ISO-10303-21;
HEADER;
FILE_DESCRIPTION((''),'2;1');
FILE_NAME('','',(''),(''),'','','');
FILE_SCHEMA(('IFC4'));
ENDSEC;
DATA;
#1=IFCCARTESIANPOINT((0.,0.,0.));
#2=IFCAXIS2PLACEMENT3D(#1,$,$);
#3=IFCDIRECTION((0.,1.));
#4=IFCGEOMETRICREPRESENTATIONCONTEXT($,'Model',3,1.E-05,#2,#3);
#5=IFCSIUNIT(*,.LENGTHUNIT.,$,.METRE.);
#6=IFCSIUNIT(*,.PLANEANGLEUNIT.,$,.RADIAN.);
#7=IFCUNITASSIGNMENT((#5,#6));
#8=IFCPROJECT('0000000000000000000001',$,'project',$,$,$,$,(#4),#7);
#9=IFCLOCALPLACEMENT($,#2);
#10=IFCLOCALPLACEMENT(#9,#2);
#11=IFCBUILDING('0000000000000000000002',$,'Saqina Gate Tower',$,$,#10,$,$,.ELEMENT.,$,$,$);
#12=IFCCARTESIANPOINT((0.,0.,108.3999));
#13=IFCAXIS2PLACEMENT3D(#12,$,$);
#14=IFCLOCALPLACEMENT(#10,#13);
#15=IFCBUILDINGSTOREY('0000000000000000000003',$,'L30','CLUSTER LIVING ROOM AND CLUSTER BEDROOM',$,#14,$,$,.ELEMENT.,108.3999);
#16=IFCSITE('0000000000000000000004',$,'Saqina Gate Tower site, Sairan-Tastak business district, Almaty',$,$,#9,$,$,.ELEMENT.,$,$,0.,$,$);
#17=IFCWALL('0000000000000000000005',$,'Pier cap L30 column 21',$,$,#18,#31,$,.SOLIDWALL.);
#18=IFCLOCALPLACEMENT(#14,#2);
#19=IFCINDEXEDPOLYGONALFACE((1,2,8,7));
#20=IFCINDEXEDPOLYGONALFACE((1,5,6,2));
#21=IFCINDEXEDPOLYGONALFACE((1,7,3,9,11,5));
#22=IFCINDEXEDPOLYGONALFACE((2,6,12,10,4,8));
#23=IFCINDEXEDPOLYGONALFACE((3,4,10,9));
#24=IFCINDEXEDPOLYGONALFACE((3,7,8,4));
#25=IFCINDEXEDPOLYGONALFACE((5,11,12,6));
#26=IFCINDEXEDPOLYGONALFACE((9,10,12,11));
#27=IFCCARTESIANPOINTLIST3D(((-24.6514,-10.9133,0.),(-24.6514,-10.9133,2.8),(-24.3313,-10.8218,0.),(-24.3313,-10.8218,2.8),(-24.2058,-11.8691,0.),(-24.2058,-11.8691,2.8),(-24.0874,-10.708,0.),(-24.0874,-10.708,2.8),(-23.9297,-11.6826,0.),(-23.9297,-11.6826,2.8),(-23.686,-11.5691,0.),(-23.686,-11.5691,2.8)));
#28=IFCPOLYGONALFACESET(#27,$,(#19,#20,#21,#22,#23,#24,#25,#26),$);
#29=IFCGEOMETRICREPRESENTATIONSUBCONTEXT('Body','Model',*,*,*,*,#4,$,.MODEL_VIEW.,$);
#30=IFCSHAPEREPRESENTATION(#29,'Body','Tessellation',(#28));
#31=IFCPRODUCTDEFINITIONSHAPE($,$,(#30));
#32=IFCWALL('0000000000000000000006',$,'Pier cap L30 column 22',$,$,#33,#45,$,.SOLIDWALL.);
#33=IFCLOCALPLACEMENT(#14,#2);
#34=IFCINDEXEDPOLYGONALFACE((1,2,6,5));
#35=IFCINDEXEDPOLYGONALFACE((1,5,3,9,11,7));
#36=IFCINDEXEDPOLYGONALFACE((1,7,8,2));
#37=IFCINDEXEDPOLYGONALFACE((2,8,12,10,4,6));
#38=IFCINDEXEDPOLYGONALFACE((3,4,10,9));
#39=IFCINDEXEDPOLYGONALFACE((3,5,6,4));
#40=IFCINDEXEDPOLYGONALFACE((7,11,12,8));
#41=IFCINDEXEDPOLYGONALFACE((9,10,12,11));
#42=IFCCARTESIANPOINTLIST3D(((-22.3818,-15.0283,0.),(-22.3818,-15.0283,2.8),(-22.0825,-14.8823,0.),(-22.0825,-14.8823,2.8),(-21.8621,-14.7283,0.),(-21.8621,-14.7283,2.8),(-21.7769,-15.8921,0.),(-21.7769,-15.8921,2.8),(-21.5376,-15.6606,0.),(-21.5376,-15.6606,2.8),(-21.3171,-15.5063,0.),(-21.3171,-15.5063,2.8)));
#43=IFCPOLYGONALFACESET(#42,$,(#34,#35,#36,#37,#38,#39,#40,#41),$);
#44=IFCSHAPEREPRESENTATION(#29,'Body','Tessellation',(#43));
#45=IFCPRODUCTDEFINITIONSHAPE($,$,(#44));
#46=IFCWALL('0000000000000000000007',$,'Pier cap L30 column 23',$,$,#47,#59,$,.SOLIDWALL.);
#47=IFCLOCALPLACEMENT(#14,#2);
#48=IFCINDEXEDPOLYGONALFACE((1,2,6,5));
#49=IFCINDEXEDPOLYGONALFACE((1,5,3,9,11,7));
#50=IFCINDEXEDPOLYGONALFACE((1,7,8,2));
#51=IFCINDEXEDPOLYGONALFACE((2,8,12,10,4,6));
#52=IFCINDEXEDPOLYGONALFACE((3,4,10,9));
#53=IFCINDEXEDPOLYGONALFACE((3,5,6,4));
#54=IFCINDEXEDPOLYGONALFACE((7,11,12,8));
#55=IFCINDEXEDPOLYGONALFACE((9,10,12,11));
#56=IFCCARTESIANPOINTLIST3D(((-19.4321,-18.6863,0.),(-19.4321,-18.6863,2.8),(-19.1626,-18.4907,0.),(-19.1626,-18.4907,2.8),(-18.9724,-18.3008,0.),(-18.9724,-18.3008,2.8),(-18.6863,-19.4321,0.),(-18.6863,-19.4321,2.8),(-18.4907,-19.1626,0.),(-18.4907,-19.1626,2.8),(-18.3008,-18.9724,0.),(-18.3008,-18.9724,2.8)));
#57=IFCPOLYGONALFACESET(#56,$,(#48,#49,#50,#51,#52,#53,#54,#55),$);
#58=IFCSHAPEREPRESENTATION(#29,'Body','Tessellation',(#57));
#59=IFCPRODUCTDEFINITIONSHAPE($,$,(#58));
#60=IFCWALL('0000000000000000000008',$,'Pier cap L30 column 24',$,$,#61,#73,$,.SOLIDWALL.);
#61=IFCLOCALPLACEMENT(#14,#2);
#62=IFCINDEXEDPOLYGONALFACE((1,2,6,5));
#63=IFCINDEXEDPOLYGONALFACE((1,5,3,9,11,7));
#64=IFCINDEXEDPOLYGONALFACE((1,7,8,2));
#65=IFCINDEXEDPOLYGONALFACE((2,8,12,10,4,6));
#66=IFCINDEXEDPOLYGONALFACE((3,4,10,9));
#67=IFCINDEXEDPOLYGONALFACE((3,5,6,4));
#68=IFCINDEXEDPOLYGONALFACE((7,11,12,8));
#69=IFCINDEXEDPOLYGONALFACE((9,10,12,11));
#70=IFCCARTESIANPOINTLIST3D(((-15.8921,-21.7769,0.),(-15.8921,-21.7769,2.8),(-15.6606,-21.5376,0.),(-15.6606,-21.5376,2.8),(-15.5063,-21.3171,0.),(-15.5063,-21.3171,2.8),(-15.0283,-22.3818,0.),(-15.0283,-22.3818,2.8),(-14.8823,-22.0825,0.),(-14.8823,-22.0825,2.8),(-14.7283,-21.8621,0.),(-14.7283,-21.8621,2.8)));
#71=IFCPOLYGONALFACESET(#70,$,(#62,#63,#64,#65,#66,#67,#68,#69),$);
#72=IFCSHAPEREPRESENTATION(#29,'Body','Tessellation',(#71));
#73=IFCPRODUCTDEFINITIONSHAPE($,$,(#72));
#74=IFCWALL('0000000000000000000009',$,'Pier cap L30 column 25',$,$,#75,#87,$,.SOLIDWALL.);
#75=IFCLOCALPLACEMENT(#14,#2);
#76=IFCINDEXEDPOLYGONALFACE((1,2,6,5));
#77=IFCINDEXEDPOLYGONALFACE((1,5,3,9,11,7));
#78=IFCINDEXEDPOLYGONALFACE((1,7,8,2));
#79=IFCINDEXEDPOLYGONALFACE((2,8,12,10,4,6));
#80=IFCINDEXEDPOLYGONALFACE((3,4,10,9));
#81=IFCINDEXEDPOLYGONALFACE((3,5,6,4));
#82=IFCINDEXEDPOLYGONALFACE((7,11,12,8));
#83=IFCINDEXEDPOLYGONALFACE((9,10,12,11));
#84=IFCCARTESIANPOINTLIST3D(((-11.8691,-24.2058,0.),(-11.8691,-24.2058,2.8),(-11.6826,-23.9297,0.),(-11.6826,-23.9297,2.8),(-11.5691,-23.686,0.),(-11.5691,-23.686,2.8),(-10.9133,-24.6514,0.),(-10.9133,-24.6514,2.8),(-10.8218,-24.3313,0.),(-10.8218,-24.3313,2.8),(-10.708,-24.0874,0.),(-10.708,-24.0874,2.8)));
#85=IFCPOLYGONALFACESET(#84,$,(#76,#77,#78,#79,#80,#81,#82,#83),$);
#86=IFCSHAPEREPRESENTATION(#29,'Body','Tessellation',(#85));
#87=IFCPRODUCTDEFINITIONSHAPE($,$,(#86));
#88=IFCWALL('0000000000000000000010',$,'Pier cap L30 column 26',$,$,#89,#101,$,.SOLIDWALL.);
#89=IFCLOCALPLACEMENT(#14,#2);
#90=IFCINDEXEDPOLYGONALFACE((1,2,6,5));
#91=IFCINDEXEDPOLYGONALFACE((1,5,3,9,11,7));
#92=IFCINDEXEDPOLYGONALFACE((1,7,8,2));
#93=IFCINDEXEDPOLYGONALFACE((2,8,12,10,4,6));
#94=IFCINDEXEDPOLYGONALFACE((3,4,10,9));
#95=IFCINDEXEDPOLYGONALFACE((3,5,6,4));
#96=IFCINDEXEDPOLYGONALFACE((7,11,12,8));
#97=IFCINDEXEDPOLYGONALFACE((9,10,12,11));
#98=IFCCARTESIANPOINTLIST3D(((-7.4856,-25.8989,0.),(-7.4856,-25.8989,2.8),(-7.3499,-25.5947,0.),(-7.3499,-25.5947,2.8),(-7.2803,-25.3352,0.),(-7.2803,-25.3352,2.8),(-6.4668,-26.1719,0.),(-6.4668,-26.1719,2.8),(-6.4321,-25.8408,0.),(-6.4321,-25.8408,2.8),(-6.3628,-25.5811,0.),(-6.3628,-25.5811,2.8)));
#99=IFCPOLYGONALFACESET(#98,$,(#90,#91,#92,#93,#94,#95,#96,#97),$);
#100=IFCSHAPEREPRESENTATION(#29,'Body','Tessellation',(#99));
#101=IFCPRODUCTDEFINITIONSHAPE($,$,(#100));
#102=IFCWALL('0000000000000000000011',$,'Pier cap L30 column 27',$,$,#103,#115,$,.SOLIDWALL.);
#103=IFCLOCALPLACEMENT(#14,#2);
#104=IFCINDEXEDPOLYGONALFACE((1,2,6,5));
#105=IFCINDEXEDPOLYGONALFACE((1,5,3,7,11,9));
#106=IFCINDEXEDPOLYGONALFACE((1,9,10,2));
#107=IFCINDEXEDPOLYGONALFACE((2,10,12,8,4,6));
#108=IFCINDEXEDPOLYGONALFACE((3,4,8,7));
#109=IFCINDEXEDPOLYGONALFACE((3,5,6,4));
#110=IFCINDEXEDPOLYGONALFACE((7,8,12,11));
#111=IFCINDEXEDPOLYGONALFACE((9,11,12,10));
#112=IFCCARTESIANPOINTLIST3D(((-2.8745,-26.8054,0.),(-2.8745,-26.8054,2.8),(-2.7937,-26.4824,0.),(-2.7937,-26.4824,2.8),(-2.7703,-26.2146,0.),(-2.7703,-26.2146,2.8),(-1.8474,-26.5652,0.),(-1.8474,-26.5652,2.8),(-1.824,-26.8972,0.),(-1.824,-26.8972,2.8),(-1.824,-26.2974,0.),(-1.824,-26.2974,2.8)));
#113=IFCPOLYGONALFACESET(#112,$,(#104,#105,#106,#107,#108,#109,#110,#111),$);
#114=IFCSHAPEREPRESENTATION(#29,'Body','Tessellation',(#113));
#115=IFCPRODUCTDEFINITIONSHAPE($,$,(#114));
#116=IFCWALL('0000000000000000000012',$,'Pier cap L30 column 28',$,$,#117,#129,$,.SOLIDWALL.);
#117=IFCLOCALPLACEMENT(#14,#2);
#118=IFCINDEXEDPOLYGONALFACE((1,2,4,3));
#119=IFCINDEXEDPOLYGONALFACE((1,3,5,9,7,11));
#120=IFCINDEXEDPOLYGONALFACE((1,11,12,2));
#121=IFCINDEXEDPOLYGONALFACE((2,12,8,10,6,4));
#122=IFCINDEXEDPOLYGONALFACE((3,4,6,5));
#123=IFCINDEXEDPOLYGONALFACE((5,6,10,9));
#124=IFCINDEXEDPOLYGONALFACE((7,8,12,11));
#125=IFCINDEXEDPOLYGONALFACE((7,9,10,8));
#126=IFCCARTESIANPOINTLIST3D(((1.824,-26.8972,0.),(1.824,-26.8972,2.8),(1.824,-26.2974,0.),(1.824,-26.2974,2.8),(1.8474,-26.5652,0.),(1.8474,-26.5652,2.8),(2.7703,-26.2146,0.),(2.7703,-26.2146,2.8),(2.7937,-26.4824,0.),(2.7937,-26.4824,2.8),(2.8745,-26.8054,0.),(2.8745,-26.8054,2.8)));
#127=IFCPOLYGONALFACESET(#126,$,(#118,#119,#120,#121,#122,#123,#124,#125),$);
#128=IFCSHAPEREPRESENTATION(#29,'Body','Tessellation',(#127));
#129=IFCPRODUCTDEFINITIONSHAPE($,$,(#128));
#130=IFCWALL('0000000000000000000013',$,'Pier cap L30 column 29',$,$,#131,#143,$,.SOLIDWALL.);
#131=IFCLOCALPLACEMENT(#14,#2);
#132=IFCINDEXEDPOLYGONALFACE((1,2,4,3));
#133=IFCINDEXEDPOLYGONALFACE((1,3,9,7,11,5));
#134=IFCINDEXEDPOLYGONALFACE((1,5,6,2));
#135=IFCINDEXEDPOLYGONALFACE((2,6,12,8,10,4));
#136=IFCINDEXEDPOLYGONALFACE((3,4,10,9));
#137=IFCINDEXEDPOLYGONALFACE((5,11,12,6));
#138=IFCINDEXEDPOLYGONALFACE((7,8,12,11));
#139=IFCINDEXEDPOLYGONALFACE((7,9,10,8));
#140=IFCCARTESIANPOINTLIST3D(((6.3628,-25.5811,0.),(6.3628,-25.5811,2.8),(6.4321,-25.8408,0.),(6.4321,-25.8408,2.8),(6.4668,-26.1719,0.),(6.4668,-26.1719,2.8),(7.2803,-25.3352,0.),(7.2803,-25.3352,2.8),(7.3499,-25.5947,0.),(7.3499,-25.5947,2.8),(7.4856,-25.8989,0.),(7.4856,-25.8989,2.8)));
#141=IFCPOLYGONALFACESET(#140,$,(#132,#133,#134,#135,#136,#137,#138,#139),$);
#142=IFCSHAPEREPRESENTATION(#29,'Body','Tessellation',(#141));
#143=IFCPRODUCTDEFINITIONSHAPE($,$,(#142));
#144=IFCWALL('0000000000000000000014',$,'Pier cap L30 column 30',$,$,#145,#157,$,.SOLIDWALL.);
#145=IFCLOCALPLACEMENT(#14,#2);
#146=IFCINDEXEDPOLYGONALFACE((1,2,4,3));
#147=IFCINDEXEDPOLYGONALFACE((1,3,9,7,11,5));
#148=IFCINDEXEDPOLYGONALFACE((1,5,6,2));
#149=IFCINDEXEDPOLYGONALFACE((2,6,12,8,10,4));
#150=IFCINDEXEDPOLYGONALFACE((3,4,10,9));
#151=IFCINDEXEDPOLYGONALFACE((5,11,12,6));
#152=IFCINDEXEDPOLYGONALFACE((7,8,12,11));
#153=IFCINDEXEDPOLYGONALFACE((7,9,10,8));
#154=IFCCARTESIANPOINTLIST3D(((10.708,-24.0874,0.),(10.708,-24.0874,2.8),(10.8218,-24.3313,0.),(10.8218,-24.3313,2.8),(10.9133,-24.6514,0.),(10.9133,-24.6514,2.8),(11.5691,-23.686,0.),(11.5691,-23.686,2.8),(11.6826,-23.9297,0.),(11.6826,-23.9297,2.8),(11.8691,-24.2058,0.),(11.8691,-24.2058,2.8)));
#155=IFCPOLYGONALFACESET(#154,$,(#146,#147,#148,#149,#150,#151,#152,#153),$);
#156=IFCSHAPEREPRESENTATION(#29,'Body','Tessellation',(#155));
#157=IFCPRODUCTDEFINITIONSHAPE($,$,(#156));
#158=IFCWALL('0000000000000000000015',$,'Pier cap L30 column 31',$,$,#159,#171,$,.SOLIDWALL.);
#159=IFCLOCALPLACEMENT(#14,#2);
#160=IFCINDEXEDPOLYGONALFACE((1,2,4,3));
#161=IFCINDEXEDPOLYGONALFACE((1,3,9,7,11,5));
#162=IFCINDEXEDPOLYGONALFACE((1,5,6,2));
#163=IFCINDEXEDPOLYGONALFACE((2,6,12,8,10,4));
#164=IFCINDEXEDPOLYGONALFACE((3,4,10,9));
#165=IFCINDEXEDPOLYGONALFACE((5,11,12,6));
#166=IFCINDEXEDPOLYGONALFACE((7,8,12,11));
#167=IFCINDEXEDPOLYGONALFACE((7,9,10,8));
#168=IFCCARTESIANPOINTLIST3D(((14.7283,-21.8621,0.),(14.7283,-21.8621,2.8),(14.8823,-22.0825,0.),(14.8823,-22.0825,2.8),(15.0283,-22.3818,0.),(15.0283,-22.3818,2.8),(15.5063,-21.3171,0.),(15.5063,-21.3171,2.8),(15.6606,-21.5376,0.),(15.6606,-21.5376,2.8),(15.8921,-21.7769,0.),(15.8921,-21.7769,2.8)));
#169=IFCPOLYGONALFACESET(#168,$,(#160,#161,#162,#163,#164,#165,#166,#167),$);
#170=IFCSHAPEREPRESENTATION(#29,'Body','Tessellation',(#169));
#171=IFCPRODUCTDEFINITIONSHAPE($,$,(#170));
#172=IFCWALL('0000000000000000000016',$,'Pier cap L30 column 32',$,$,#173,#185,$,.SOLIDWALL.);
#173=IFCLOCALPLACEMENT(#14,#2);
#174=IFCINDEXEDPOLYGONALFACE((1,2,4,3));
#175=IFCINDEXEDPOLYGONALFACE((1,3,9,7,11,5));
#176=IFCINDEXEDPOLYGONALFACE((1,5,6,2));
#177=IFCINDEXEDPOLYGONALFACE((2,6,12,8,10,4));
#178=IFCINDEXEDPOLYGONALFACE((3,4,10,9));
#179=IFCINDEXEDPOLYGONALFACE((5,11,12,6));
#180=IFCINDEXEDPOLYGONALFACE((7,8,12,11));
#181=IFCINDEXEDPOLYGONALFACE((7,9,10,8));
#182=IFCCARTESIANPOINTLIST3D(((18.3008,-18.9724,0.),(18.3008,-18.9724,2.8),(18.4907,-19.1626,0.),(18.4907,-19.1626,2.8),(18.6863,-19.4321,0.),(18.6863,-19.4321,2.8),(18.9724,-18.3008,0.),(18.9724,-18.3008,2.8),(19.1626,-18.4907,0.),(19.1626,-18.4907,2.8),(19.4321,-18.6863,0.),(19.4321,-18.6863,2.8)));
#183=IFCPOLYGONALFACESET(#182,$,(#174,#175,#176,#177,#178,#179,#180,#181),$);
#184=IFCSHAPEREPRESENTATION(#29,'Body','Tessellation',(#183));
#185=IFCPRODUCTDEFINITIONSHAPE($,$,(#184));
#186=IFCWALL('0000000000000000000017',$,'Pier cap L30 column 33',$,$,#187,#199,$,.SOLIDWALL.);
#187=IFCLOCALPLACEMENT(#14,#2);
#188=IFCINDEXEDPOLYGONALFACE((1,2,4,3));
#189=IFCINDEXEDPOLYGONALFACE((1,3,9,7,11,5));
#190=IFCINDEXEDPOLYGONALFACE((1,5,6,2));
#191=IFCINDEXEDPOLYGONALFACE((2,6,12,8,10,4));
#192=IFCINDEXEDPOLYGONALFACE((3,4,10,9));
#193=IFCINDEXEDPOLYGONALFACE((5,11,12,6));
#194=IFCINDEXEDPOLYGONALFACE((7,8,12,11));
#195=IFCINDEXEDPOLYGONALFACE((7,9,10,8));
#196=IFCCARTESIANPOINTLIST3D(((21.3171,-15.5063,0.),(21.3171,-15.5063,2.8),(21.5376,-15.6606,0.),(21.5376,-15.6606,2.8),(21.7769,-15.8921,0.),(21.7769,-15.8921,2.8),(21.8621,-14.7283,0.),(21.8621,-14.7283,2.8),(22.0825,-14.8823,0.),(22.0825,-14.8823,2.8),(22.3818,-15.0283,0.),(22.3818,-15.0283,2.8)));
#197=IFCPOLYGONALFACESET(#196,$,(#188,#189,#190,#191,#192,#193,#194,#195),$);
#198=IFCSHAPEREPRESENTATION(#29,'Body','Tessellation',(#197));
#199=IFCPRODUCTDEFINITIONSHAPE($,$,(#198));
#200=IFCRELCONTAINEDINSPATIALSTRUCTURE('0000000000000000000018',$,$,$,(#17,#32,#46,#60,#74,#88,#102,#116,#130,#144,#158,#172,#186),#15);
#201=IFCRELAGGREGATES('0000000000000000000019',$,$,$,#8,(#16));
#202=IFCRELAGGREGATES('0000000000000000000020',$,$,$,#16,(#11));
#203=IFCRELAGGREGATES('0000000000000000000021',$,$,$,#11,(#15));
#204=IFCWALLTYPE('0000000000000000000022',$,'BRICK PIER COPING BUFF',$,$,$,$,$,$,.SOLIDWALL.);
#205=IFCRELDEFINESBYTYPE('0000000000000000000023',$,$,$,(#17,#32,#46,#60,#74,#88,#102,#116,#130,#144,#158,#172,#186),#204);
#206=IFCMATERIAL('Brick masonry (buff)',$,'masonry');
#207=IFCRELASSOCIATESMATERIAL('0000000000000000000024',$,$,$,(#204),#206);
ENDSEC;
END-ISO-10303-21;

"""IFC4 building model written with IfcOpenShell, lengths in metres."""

from ifc_helpers import new_model, si_unit, direction, frame, origin, place, context, subcontext, project, spatial, polyline, outline, extrude, material, type_object, element, save


model = new_model("IFC4")

# Units and contexts
model_context = context("Model", 3, precision=1e-05, world=origin(), true_north=direction((0.0, 1.0)))
body_context = subcontext(model_context, "Body", "Model", "MODEL_VIEW")
ifc_project = project(units=[si_unit("LENGTHUNIT", "METRE"), si_unit("PLANEANGLEUNIT", "RADIAN")], contexts=[model_context])

# Site, building, storey
site_placement = place(None, origin())
site = spatial("IfcSite", under=ifc_project, at=site_placement, Name="Saqina Gate Tower site, Sairan-Tastak business district, Almaty", CompositionType="ELEMENT", RefElevation=0.0)
building_placement = place(site_placement, origin())
building = spatial("IfcBuilding", under=site, at=building_placement, Name="Saqina Gate Tower", CompositionType="ELEMENT")
storey_placement = place(building_placement, frame((0.0, 0.0, 108.3999)))
storey = spatial("IfcBuildingStorey", under=building, at=storey_placement, Name="L30", Description="CLUSTER LIVING ROOM AND CLUSTER BEDROOM", CompositionType="ELEMENT", Elevation=108.3999)

# Walls
ifc_material_1 = material(Name="Brick masonry (buff)", Category="masonry")
wall_type_1 = type_object("IfcWallType", Name="BRICK PIER COPING BUFF", PredefinedType="SOLIDWALL", material=ifc_material_1)
wall_1_placement = place(storey_placement, origin())
element("IfcWall", 1, at=wall_1_placement, inside=storey, type_object=wall_type_1, Name="Pier cap L30 column 21", PredefinedType="SOLIDWALL", context=body_context, shape_type="SweptSolid", body=[
    extrude(outline(polyline([(-24.6514, -10.9133), (-24.2058, -11.8691), (-23.686, -11.5691), (-23.9297, -11.6826), (-24.3313, -10.8218), (-24.0874, -10.708), (-24.6514, -10.9133)])), origin(), (0.0, 0.0, 1.0), 2.8),
])
wall_2_placement = place(storey_placement, origin())
element("IfcWall", 2, at=wall_2_placement, inside=storey, type_object=wall_type_1, Name="Pier cap L30 column 22", PredefinedType="SOLIDWALL", context=body_context, shape_type="SweptSolid", body=[
    extrude(outline(polyline([(-21.7769, -15.8921), (-21.3171, -15.5063), (-21.5376, -15.6606), (-22.0825, -14.8823), (-21.8621, -14.7283), (-22.3818, -15.0283), (-21.7769, -15.8921)])), origin(), (0.0, 0.0, 1.0), 2.8),
])
wall_3_placement = place(storey_placement, origin())
element("IfcWall", 3, at=wall_3_placement, inside=storey, type_object=wall_type_1, Name="Pier cap L30 column 23", PredefinedType="SOLIDWALL", context=body_context, shape_type="SweptSolid", body=[
    extrude(outline(polyline([(-19.4321, -18.6863), (-18.6863, -19.4321), (-18.3008, -18.9724), (-18.4907, -19.1626), (-19.1626, -18.4907), (-18.9724, -18.3008), (-19.4321, -18.6863)])), origin(), (0.0, 0.0, 1.0), 2.8),
])
wall_4_placement = place(storey_placement, origin())
element("IfcWall", 4, at=wall_4_placement, inside=storey, type_object=wall_type_1, Name="Pier cap L30 column 24", PredefinedType="SOLIDWALL", context=body_context, shape_type="SweptSolid", body=[
    extrude(outline(polyline([(-15.0283, -22.3818), (-14.7283, -21.8621), (-14.8823, -22.0825), (-15.6606, -21.5376), (-15.5063, -21.3171), (-15.8921, -21.7769), (-15.0283, -22.3818)])), origin(), (0.0, 0.0, 1.0), 2.8),
])
wall_5_placement = place(storey_placement, origin())
element("IfcWall", 5, at=wall_5_placement, inside=storey, type_object=wall_type_1, Name="Pier cap L30 column 25", PredefinedType="SOLIDWALL", context=body_context, shape_type="SweptSolid", body=[
    extrude(outline(polyline([(-10.9133, -24.6514), (-10.708, -24.0874), (-10.8218, -24.3313), (-11.6826, -23.9297), (-11.5691, -23.686), (-11.8691, -24.2058), (-10.9133, -24.6514)])), origin(), (0.0, 0.0, 1.0), 2.8),
])
wall_6_placement = place(storey_placement, origin())
element("IfcWall", 6, at=wall_6_placement, inside=storey, type_object=wall_type_1, Name="Pier cap L30 column 26", PredefinedType="SOLIDWALL", context=body_context, shape_type="SweptSolid", body=[
    extrude(outline(polyline([(-7.4856, -25.8989), (-6.4668, -26.1719), (-6.3628, -25.5811), (-6.4321, -25.8408), (-7.3499, -25.5947), (-7.2803, -25.3352), (-7.4856, -25.8989)])), origin(), (0.0, 0.0, 1.0), 2.8),
])
wall_7_placement = place(storey_placement, origin())
element("IfcWall", 7, at=wall_7_placement, inside=storey, type_object=wall_type_1, Name="Pier cap L30 column 27", PredefinedType="SOLIDWALL", context=body_context, shape_type="SweptSolid", body=[
    extrude(outline(polyline([(-2.8745, -26.8054), (-1.824, -26.8972), (-1.824, -26.2974), (-1.8474, -26.5652), (-2.7937, -26.4824), (-2.7703, -26.2146), (-2.8745, -26.8054)])), origin(), (0.0, 0.0, 1.0), 2.8),
])
wall_8_placement = place(storey_placement, origin())
element("IfcWall", 8, at=wall_8_placement, inside=storey, type_object=wall_type_1, Name="Pier cap L30 column 28", PredefinedType="SOLIDWALL", context=body_context, shape_type="SweptSolid", body=[
    extrude(outline(polyline([(2.8745, -26.8054), (2.7703, -26.2146), (2.7937, -26.4824), (1.8474, -26.5652), (1.824, -26.2974), (1.824, -26.8972), (2.8745, -26.8054)])), origin(), (0.0, 0.0, 1.0), 2.8),
])
wall_9_placement = place(storey_placement, origin())
element("IfcWall", 9, at=wall_9_placement, inside=storey, type_object=wall_type_1, Name="Pier cap L30 column 29", PredefinedType="SOLIDWALL", context=body_context, shape_type="SweptSolid", body=[
    extrude(outline(polyline([(6.4668, -26.1719), (7.4856, -25.8989), (7.2803, -25.3352), (7.3499, -25.5947), (6.4321, -25.8408), (6.3628, -25.5811), (6.4668, -26.1719)])), origin(), (0.0, 0.0, 1.0), 2.8),
])
wall_10_placement = place(storey_placement, origin())
element("IfcWall", 10, at=wall_10_placement, inside=storey, type_object=wall_type_1, Name="Pier cap L30 column 30", PredefinedType="SOLIDWALL", context=body_context, shape_type="SweptSolid", body=[
    extrude(outline(polyline([(10.9133, -24.6514), (11.8691, -24.2058), (11.5691, -23.686), (11.6826, -23.9297), (10.8218, -24.3313), (10.708, -24.0874), (10.9133, -24.6514)])), origin(), (0.0, 0.0, 1.0), 2.8),
])
wall_11_placement = place(storey_placement, origin())
element("IfcWall", 11, at=wall_11_placement, inside=storey, type_object=wall_type_1, Name="Pier cap L30 column 31", PredefinedType="SOLIDWALL", context=body_context, shape_type="SweptSolid", body=[
    extrude(outline(polyline([(15.8921, -21.7769), (15.5063, -21.3171), (15.6606, -21.5376), (14.8823, -22.0825), (14.7283, -21.8621), (15.0283, -22.3818), (15.8921, -21.7769)])), origin(), (0.0, 0.0, 1.0), 2.8),
])
wall_12_placement = place(storey_placement, origin())
element("IfcWall", 12, at=wall_12_placement, inside=storey, type_object=wall_type_1, Name="Pier cap L30 column 32", PredefinedType="SOLIDWALL", context=body_context, shape_type="SweptSolid", body=[
    extrude(outline(polyline([(18.6863, -19.4321), (19.4321, -18.6863), (18.9724, -18.3008), (19.1626, -18.4907), (18.4907, -19.1626), (18.3008, -18.9724), (18.6863, -19.4321)])), origin(), (0.0, 0.0, 1.0), 2.8),
])
wall_13_placement = place(storey_placement, origin())
element("IfcWall", 13, at=wall_13_placement, inside=storey, type_object=wall_type_1, Name="Pier cap L30 column 33", PredefinedType="SOLIDWALL", context=body_context, shape_type="SweptSolid", body=[
    extrude(outline(polyline([(22.3818, -15.0283), (21.8621, -14.7283), (22.0825, -14.8823), (21.5376, -15.6606), (21.3171, -15.5063), (21.7769, -15.8921), (22.3818, -15.0283)])), origin(), (0.0, 0.0, 1.0), 2.8),
])

save(model, "model.ifc")
